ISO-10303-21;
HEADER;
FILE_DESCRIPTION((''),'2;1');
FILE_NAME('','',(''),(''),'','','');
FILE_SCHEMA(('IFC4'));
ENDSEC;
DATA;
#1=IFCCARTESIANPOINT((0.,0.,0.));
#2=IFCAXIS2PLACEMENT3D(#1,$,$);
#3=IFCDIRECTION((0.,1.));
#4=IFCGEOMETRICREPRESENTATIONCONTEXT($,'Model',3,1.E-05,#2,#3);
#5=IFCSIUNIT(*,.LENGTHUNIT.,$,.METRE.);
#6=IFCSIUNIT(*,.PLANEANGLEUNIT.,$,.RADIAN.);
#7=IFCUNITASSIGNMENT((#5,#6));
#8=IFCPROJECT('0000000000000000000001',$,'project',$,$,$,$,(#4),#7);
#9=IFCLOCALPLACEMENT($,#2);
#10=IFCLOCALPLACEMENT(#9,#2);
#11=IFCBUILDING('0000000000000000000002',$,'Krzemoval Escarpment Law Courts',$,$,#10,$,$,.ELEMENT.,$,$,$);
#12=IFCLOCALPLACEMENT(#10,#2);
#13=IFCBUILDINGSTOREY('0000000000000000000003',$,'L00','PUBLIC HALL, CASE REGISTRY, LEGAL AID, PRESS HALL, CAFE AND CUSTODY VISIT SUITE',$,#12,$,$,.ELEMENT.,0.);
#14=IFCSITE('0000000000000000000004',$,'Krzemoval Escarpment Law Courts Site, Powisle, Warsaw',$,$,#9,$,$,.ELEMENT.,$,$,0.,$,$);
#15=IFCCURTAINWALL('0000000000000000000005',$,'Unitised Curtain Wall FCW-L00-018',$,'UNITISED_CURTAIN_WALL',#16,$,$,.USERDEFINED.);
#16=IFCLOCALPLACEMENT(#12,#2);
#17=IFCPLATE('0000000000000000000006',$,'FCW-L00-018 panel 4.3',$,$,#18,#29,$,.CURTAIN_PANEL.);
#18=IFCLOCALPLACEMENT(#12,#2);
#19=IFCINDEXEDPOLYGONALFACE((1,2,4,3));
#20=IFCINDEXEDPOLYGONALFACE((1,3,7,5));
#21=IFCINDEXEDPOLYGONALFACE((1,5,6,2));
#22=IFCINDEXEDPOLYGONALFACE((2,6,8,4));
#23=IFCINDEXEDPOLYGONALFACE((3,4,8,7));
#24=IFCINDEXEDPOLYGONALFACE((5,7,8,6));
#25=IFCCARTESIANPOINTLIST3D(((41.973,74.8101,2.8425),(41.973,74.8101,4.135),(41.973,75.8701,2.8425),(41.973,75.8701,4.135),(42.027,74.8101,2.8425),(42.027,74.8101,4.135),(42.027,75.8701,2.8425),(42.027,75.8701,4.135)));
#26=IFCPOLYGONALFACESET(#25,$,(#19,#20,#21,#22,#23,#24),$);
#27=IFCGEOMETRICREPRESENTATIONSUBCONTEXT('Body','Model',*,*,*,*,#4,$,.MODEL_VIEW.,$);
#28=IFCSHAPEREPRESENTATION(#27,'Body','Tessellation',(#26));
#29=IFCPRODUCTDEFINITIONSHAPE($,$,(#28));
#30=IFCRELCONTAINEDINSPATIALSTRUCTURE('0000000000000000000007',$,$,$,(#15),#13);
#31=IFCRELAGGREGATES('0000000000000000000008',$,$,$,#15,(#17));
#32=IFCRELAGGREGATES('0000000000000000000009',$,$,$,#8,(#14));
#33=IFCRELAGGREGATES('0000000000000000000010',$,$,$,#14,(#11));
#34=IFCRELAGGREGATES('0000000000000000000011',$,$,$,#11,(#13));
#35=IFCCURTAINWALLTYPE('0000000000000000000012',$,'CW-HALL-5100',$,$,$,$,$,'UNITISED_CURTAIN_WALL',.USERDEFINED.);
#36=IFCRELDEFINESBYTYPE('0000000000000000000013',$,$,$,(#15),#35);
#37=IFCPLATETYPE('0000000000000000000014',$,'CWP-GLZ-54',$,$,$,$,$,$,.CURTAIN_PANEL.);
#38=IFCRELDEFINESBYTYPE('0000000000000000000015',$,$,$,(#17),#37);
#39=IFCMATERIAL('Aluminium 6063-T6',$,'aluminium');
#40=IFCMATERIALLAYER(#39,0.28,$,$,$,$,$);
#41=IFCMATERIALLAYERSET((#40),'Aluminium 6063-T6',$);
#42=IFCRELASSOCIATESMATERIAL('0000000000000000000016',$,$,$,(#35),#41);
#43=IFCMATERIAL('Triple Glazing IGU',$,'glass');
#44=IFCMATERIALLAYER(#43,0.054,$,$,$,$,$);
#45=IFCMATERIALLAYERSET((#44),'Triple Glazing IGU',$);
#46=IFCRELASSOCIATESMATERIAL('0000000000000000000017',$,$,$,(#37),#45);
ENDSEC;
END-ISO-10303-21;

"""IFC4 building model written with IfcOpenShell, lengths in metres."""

from ifc_helpers import new_model, si_unit, direction, frame, origin, origin_2d, place, context, subcontext, project, spatial, rectangle, extrude, material, layer, layer_set, type_object, element, aggregate, save


model = new_model("IFC4")

# Units and contexts
model_context = context("Model", 3, precision=1e-05, world=origin(), true_north=direction((0.0, 1.0)))
body_context = subcontext(model_context, "Body", "Model", "MODEL_VIEW")
ifc_project = project(units=[si_unit("LENGTHUNIT", "METRE"), si_unit("PLANEANGLEUNIT", "RADIAN")], contexts=[model_context])

# Site, building, storey
site_placement = place(None, origin())
site = spatial("IfcSite", under=ifc_project, at=site_placement, Name="Krzemoval Escarpment Law Courts Site, Powisle, Warsaw", CompositionType="ELEMENT", RefElevation=0.0)
building_placement = place(site_placement, origin())
building = spatial("IfcBuilding", under=site, at=building_placement, Name="Krzemoval Escarpment Law Courts", CompositionType="ELEMENT")
storey_placement = place(building_placement, origin())
storey = spatial("IfcBuildingStorey", under=building, at=storey_placement, Name="L00", Description="PUBLIC HALL, CASE REGISTRY, LEGAL AID, PRESS HALL, CAFE AND CUSTODY VISIT SUITE", CompositionType="ELEMENT", Elevation=0.0)

# Shared definitions
ifc_material_1 = material(Name="Aluminium 6063-T6", Category="aluminium")
ifc_layer_1 = layer(ifc_material_1, 0.28)
ifc_layer_set_1 = layer_set([ifc_layer_1], Name="Aluminium 6063-T6")
curtain_wall_type = type_object("IfcCurtainWallType", Name="CW-HALL-5100", ElementType="UNITISED_CURTAIN_WALL", PredefinedType="USERDEFINED", material=ifc_layer_set_1)

# Curtain wall
curtain_wall_1_placement = place(storey_placement, origin())
curtain_wall_1 = element("IfcCurtainWall", 1, at=curtain_wall_1_placement, inside=storey, type_object=curtain_wall_type, Name="Unitised Curtain Wall FCW-L00-018", ObjectType="UNITISED_CURTAIN_WALL", PredefinedType="USERDEFINED")

# Plate
ifc_material_2 = material(Name="Triple Glazing IGU", Category="glass")
ifc_layer_2 = layer(ifc_material_2, 0.054)
ifc_layer_set_2 = layer_set([ifc_layer_2], Name="Triple Glazing IGU")
plate_type = type_object("IfcPlateType", Name="CWP-GLZ-54", PredefinedType="CURTAIN_PANEL", material=ifc_layer_set_2)
plate_1_placement = place(storey_placement, frame((42.0, 75.3401, 2.8425), z_axis=(0.0, 0.0, 1.0), x_axis=(0.0, -1.0, 0.0)))
plate_1 = element("IfcPlate", 2, at=plate_1_placement, type_object=plate_type, Name="FCW-L00-018 panel 4.3", PredefinedType="CURTAIN_PANEL", context=body_context, shape_type="SweptSolid", body=[
    extrude(rectangle(XDim=1.0601, YDim=0.054, at=origin_2d()), origin(), (0.0, 0.0, 1.0), 1.2925),
])
aggregate(curtain_wall_1, [plate_1])

save(model, "model.ifc")
